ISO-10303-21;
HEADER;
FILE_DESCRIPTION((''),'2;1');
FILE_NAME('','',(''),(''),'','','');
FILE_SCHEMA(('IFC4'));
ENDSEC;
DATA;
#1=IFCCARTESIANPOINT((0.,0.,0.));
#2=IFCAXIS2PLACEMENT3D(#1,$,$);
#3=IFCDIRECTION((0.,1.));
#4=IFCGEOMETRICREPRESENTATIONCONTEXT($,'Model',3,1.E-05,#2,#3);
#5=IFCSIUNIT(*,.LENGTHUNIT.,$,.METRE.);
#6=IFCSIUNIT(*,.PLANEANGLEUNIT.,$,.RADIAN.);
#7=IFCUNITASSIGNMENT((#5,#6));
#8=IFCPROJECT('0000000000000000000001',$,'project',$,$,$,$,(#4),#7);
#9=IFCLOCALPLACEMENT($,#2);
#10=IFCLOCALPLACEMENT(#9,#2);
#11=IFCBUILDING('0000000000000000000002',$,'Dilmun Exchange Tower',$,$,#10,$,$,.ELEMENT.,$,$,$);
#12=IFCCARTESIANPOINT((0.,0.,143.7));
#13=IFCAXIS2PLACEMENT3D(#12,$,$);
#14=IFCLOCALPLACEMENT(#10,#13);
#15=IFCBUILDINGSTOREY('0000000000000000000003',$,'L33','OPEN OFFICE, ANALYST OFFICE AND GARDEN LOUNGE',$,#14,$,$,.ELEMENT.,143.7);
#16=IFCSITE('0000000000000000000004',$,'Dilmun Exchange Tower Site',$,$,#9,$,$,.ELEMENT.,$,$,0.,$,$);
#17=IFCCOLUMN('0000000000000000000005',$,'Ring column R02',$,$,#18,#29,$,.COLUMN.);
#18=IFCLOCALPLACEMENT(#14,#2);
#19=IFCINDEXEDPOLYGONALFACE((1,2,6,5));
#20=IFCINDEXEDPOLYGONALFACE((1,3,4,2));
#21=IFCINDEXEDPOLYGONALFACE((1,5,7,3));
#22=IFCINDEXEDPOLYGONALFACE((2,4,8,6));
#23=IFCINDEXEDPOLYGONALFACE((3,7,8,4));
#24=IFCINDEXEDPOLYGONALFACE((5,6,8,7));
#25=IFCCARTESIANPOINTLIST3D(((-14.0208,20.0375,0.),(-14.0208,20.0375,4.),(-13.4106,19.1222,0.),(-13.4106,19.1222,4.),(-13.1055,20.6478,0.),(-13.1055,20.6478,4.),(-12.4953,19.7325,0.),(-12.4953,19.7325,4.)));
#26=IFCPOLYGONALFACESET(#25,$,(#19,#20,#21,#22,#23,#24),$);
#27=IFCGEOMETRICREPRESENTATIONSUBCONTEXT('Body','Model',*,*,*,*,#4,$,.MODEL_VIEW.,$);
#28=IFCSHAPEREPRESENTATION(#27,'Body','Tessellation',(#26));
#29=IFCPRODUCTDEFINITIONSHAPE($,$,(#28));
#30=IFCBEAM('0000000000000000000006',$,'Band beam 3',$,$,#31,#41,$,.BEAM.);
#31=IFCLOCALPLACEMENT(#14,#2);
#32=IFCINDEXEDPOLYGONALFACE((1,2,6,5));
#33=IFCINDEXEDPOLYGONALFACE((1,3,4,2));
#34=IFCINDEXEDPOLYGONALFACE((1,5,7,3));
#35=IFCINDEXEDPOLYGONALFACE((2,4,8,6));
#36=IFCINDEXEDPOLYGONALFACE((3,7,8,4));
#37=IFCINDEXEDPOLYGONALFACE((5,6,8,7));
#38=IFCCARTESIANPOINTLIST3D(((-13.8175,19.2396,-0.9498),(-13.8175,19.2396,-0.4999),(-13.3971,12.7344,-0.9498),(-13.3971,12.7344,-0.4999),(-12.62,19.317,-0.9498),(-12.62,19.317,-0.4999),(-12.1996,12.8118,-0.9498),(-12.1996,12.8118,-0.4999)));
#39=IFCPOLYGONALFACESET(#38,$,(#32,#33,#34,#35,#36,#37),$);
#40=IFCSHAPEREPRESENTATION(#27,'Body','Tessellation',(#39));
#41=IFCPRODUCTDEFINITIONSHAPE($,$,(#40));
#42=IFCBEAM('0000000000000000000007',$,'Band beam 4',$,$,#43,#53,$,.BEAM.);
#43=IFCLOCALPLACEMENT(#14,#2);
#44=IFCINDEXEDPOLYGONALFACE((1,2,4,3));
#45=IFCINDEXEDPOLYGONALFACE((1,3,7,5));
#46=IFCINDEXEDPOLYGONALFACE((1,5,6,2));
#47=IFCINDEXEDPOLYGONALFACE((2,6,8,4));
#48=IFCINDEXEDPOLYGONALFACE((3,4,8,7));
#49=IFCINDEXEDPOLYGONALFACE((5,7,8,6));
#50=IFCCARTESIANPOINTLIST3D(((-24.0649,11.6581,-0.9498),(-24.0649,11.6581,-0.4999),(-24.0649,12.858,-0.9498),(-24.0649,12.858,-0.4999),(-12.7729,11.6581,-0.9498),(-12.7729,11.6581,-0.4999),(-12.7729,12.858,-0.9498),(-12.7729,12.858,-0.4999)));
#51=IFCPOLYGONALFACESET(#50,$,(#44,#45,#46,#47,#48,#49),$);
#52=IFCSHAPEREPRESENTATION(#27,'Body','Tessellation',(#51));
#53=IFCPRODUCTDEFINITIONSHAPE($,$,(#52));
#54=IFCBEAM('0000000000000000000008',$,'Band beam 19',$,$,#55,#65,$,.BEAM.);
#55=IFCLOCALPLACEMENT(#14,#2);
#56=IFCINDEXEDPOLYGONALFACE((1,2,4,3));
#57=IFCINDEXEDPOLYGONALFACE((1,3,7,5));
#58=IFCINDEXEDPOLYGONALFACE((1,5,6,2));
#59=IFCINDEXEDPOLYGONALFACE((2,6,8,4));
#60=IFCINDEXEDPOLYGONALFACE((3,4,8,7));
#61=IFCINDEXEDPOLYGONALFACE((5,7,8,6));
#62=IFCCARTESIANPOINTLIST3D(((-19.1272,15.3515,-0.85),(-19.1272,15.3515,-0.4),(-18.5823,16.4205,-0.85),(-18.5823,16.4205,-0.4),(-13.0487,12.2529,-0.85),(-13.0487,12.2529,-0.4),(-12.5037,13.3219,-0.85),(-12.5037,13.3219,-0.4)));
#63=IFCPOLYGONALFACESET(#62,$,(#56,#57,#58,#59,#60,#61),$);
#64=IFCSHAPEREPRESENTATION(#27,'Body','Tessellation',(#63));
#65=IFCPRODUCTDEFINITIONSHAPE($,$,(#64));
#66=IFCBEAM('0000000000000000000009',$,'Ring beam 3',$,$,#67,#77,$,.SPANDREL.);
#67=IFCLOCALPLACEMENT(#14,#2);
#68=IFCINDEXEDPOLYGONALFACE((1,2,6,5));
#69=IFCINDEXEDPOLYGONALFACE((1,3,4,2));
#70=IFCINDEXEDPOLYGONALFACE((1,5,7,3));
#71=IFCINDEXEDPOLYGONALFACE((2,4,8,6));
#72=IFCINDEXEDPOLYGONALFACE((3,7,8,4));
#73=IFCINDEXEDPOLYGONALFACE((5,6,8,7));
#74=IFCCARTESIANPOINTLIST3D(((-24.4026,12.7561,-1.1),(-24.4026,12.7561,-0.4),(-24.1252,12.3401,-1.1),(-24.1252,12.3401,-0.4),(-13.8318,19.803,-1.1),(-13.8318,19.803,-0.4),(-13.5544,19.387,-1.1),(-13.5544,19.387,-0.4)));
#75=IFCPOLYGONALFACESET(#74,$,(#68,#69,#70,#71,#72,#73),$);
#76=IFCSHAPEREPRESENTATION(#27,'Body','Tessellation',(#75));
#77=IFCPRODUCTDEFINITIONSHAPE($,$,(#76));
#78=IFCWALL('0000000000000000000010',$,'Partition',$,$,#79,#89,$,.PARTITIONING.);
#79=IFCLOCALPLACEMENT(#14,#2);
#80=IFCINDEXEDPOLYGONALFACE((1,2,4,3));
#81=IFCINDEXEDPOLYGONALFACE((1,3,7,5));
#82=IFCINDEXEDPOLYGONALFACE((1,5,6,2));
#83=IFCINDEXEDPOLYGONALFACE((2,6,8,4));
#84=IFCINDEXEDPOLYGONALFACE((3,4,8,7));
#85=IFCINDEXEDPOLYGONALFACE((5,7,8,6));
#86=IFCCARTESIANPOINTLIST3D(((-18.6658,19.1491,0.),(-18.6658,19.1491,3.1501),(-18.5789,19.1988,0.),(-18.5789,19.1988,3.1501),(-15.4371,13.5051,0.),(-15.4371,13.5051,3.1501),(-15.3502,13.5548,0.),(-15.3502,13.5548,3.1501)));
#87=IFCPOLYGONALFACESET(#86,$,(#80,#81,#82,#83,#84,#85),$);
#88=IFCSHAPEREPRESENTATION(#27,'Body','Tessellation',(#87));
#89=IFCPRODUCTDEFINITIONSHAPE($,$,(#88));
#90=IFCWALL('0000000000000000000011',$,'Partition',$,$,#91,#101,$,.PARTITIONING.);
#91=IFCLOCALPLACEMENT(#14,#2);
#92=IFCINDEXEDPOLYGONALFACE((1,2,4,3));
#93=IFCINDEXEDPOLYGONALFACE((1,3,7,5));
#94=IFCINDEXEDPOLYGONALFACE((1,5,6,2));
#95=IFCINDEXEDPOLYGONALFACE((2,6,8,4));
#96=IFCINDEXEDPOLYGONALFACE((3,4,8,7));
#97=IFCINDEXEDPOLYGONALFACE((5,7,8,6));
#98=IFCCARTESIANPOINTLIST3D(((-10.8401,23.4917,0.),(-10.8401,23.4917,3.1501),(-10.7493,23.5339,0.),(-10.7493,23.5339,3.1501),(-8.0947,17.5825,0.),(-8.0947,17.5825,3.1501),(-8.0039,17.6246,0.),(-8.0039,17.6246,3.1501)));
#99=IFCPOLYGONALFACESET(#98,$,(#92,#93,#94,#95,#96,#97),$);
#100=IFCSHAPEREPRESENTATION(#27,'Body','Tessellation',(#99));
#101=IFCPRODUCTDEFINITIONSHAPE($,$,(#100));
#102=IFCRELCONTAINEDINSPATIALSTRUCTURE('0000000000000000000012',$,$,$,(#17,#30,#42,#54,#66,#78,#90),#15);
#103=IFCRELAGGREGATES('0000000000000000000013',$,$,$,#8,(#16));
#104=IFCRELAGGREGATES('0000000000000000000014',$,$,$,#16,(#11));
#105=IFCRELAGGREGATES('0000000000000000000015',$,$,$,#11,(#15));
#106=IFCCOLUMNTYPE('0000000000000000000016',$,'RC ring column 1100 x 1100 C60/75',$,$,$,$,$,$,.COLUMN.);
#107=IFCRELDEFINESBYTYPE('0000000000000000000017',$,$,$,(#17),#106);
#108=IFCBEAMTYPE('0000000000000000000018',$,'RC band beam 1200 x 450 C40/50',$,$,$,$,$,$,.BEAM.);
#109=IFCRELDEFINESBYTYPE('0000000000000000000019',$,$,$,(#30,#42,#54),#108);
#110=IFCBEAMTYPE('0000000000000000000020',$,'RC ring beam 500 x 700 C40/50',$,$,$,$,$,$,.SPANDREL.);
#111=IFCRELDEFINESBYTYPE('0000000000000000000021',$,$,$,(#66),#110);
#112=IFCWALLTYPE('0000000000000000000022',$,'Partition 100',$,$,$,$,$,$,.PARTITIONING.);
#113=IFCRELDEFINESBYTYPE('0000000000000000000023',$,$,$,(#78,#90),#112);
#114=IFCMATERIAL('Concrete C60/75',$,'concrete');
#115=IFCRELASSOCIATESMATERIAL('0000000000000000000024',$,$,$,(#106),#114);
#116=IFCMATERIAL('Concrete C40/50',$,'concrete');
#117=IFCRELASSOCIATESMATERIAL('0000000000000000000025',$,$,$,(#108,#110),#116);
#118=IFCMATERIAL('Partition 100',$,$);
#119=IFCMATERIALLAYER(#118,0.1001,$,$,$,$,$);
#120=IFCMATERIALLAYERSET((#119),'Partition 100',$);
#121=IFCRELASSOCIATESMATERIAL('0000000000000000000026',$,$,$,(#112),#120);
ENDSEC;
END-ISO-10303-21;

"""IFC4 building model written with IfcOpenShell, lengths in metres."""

from ifc_helpers import new_model, si_unit, direction, frame, frame_2d, origin, origin_2d, place, context, subcontext, project, spatial, rectangle, extrude, material, layer, layer_set, material_profile, profile_set, type_object, element, save


model = new_model("IFC4")

# Units and contexts
model_context = context("Model", 3, precision=1e-05, world=origin(), true_north=direction((0.0, 1.0)))
body_context = subcontext(model_context, "Body", "Model", "MODEL_VIEW")
ifc_project = project(units=[si_unit("LENGTHUNIT", "METRE"), si_unit("PLANEANGLEUNIT", "RADIAN")], contexts=[model_context])

# Site, building, storey
site_placement = place(None, origin())
site = spatial("IfcSite", under=ifc_project, at=site_placement, Name="Dilmun Exchange Tower Site", CompositionType="ELEMENT", RefElevation=0.0)
building_placement = place(site_placement, origin())
building = spatial("IfcBuilding", under=site, at=building_placement, Name="Dilmun Exchange Tower", CompositionType="ELEMENT")
storey_placement = place(building_placement, frame((0.0, 0.0, 143.7)))
storey = spatial("IfcBuildingStorey", under=building, at=storey_placement, Name="L33", Description="OPEN OFFICE, ANALYST OFFICE AND GARDEN LOUNGE", CompositionType="ELEMENT", Elevation=143.7)

# Column
ifc_material_1 = material(Name="Concrete C60/75", Category="concrete")
ifc_material_profile_1 = material_profile(ifc_material_1, rectangle(XDim=1.1001, YDim=1.1001, at=origin_2d()), Name="1100 x 1100")
ifc_profile_set_1 = profile_set([ifc_material_profile_1], Name="Concrete C60/75")
column_type = type_object("IfcColumnType", Name="RC ring column 1100 x 1100 C60/75", PredefinedType="COLUMN", material=ifc_profile_set_1)
column_placement = place(storey_placement, frame((-13.2581, 19.885, 0.0), z_axis=(0.0, 0.0, 1.0), x_axis=(0.832029, 0.554733, 0.0)))
element("IfcColumn", 1, at=column_placement, inside=storey, type_object=column_type, Name="Ring column R02", PredefinedType="COLUMN", context=body_context, shape_type="SweptSolid", body=[
    extrude(rectangle(XDim=1.1001, YDim=1.1001, at=origin_2d()), origin(), (0.0, 0.0, 1.0), 4.0),
])

# Beams
ifc_material_2 = material(Name="Concrete C40/50", Category="concrete")
ifc_material_profile_2 = material_profile(ifc_material_2, rectangle(XDim=1.2, YDim=0.45, at=origin_2d()), Name="1200 x 450")
ifc_profile_set_2 = profile_set([ifc_material_profile_2], Name="Concrete C40/50")
beam_type_1 = type_object("IfcBeamType", Name="RC band beam 1200 x 450 C40/50", PredefinedType="BEAM", material=ifc_profile_set_2)
beam_1_placement = place(storey_placement, frame((-13.2188, 19.2783, -0.7249), z_axis=(0.064493, -0.997918, 0.0), x_axis=(0.997918, 0.064493, 0.0)))
element("IfcBeam", 2, at=beam_1_placement, inside=storey, type_object=beam_type_1, Name="Band beam 3", PredefinedType="BEAM", context=body_context, shape_type="SweptSolid", body=[
    extrude(rectangle(XDim=1.2, YDim=0.45, at=origin_2d()), origin(), (0.0, 0.0, 1.0), 6.5188),
])
beam_2_placement = place(storey_placement, frame((-24.0649, 12.2581, -0.7249), z_axis=(1.0, 0.0, 0.0), x_axis=(0.0, 1.0, 0.0)))
element("IfcBeam", 3, at=beam_2_placement, inside=storey, type_object=beam_type_1, Name="Band beam 4", PredefinedType="BEAM", context=body_context, shape_type="SweptSolid", body=[
    extrude(rectangle(XDim=1.2, YDim=0.45, at=origin_2d()), origin(), (0.0, 0.0, 1.0), 11.292),
])
beam_3_placement = place(storey_placement, frame((-18.8547, 15.886, -0.625), z_axis=(0.890922, -0.454156, 0.0), x_axis=(0.454156, 0.890922, 0.0)))
element("IfcBeam", 4, at=beam_3_placement, inside=storey, type_object=beam_type_1, Name="Band beam 19", PredefinedType="BEAM", context=body_context, shape_type="SweptSolid", body=[
    extrude(rectangle(XDim=1.2, YDim=0.45, at=origin_2d()), origin(), (0.0, 0.0, 1.0), 6.8228),
])
ifc_material_profile_3 = material_profile(ifc_material_2, rectangle(XDim=0.5, YDim=0.7, at=origin_2d()), Name="500 x 700")
ifc_profile_set_3 = profile_set([ifc_material_profile_3], Name="Concrete C40/50")
beam_type_2 = type_object("IfcBeamType", Name="RC ring beam 500 x 700 C40/50", PredefinedType="SPANDREL", material=ifc_profile_set_3)
beam_4_placement = place(storey_placement, frame((-13.6931, 19.595, -0.75), z_axis=(-0.832062, -0.554682, 0.0), x_axis=(0.554682, -0.832062, 0.0)))
element("IfcBeam", 5, at=beam_4_placement, inside=storey, type_object=beam_type_2, Name="Ring beam 3", PredefinedType="SPANDREL", context=body_context, shape_type="SweptSolid", body=[
    extrude(rectangle(XDim=0.5, YDim=0.7, at=origin_2d()), origin(), (0.0, 0.0, 1.0), 12.7043),
])

# Walls
ifc_material_3 = material(Name="Partition 100")
ifc_layer_1 = layer(ifc_material_3, 0.1001)
ifc_layer_set_1 = layer_set([ifc_layer_1], Name="Partition 100")
wall_type_1 = type_object("IfcWallType", Name="Partition 100", PredefinedType="PARTITIONING", material=ifc_layer_set_1)
wall_1_placement = place(storey_placement, frame((-18.6223, 19.1738, 0.0), z_axis=(0.0, 0.0, 1.0), x_axis=(0.496555, -0.868005, 0.0)))
element("IfcWall", 6, at=wall_1_placement, inside=storey, type_object=wall_type_1, Name="Partition", PredefinedType="PARTITIONING", context=body_context, shape_type="SweptSolid", body=[
    extrude(rectangle(XDim=6.5022, YDim=0.1001, at=frame_2d((3.251, 0.0))), origin(), (0.0, 0.0, 1.0), 3.1501),
])
wall_2_placement = place(storey_placement, frame((-10.7947, 23.5127, 0.0), z_axis=(0.0, 0.0, 1.0), x_axis=(0.42134, -0.906903, 0.0)))
element("IfcWall", 7, at=wall_2_placement, inside=storey, type_object=wall_type_1, Name="Partition", PredefinedType="PARTITIONING", context=body_context, shape_type="SweptSolid", body=[
    extrude(rectangle(XDim=6.5159, YDim=0.1001, at=frame_2d((3.2578, 0.0))), origin(), (0.0, 0.0, 1.0), 3.1501),
])

save(model, "model.ifc")
